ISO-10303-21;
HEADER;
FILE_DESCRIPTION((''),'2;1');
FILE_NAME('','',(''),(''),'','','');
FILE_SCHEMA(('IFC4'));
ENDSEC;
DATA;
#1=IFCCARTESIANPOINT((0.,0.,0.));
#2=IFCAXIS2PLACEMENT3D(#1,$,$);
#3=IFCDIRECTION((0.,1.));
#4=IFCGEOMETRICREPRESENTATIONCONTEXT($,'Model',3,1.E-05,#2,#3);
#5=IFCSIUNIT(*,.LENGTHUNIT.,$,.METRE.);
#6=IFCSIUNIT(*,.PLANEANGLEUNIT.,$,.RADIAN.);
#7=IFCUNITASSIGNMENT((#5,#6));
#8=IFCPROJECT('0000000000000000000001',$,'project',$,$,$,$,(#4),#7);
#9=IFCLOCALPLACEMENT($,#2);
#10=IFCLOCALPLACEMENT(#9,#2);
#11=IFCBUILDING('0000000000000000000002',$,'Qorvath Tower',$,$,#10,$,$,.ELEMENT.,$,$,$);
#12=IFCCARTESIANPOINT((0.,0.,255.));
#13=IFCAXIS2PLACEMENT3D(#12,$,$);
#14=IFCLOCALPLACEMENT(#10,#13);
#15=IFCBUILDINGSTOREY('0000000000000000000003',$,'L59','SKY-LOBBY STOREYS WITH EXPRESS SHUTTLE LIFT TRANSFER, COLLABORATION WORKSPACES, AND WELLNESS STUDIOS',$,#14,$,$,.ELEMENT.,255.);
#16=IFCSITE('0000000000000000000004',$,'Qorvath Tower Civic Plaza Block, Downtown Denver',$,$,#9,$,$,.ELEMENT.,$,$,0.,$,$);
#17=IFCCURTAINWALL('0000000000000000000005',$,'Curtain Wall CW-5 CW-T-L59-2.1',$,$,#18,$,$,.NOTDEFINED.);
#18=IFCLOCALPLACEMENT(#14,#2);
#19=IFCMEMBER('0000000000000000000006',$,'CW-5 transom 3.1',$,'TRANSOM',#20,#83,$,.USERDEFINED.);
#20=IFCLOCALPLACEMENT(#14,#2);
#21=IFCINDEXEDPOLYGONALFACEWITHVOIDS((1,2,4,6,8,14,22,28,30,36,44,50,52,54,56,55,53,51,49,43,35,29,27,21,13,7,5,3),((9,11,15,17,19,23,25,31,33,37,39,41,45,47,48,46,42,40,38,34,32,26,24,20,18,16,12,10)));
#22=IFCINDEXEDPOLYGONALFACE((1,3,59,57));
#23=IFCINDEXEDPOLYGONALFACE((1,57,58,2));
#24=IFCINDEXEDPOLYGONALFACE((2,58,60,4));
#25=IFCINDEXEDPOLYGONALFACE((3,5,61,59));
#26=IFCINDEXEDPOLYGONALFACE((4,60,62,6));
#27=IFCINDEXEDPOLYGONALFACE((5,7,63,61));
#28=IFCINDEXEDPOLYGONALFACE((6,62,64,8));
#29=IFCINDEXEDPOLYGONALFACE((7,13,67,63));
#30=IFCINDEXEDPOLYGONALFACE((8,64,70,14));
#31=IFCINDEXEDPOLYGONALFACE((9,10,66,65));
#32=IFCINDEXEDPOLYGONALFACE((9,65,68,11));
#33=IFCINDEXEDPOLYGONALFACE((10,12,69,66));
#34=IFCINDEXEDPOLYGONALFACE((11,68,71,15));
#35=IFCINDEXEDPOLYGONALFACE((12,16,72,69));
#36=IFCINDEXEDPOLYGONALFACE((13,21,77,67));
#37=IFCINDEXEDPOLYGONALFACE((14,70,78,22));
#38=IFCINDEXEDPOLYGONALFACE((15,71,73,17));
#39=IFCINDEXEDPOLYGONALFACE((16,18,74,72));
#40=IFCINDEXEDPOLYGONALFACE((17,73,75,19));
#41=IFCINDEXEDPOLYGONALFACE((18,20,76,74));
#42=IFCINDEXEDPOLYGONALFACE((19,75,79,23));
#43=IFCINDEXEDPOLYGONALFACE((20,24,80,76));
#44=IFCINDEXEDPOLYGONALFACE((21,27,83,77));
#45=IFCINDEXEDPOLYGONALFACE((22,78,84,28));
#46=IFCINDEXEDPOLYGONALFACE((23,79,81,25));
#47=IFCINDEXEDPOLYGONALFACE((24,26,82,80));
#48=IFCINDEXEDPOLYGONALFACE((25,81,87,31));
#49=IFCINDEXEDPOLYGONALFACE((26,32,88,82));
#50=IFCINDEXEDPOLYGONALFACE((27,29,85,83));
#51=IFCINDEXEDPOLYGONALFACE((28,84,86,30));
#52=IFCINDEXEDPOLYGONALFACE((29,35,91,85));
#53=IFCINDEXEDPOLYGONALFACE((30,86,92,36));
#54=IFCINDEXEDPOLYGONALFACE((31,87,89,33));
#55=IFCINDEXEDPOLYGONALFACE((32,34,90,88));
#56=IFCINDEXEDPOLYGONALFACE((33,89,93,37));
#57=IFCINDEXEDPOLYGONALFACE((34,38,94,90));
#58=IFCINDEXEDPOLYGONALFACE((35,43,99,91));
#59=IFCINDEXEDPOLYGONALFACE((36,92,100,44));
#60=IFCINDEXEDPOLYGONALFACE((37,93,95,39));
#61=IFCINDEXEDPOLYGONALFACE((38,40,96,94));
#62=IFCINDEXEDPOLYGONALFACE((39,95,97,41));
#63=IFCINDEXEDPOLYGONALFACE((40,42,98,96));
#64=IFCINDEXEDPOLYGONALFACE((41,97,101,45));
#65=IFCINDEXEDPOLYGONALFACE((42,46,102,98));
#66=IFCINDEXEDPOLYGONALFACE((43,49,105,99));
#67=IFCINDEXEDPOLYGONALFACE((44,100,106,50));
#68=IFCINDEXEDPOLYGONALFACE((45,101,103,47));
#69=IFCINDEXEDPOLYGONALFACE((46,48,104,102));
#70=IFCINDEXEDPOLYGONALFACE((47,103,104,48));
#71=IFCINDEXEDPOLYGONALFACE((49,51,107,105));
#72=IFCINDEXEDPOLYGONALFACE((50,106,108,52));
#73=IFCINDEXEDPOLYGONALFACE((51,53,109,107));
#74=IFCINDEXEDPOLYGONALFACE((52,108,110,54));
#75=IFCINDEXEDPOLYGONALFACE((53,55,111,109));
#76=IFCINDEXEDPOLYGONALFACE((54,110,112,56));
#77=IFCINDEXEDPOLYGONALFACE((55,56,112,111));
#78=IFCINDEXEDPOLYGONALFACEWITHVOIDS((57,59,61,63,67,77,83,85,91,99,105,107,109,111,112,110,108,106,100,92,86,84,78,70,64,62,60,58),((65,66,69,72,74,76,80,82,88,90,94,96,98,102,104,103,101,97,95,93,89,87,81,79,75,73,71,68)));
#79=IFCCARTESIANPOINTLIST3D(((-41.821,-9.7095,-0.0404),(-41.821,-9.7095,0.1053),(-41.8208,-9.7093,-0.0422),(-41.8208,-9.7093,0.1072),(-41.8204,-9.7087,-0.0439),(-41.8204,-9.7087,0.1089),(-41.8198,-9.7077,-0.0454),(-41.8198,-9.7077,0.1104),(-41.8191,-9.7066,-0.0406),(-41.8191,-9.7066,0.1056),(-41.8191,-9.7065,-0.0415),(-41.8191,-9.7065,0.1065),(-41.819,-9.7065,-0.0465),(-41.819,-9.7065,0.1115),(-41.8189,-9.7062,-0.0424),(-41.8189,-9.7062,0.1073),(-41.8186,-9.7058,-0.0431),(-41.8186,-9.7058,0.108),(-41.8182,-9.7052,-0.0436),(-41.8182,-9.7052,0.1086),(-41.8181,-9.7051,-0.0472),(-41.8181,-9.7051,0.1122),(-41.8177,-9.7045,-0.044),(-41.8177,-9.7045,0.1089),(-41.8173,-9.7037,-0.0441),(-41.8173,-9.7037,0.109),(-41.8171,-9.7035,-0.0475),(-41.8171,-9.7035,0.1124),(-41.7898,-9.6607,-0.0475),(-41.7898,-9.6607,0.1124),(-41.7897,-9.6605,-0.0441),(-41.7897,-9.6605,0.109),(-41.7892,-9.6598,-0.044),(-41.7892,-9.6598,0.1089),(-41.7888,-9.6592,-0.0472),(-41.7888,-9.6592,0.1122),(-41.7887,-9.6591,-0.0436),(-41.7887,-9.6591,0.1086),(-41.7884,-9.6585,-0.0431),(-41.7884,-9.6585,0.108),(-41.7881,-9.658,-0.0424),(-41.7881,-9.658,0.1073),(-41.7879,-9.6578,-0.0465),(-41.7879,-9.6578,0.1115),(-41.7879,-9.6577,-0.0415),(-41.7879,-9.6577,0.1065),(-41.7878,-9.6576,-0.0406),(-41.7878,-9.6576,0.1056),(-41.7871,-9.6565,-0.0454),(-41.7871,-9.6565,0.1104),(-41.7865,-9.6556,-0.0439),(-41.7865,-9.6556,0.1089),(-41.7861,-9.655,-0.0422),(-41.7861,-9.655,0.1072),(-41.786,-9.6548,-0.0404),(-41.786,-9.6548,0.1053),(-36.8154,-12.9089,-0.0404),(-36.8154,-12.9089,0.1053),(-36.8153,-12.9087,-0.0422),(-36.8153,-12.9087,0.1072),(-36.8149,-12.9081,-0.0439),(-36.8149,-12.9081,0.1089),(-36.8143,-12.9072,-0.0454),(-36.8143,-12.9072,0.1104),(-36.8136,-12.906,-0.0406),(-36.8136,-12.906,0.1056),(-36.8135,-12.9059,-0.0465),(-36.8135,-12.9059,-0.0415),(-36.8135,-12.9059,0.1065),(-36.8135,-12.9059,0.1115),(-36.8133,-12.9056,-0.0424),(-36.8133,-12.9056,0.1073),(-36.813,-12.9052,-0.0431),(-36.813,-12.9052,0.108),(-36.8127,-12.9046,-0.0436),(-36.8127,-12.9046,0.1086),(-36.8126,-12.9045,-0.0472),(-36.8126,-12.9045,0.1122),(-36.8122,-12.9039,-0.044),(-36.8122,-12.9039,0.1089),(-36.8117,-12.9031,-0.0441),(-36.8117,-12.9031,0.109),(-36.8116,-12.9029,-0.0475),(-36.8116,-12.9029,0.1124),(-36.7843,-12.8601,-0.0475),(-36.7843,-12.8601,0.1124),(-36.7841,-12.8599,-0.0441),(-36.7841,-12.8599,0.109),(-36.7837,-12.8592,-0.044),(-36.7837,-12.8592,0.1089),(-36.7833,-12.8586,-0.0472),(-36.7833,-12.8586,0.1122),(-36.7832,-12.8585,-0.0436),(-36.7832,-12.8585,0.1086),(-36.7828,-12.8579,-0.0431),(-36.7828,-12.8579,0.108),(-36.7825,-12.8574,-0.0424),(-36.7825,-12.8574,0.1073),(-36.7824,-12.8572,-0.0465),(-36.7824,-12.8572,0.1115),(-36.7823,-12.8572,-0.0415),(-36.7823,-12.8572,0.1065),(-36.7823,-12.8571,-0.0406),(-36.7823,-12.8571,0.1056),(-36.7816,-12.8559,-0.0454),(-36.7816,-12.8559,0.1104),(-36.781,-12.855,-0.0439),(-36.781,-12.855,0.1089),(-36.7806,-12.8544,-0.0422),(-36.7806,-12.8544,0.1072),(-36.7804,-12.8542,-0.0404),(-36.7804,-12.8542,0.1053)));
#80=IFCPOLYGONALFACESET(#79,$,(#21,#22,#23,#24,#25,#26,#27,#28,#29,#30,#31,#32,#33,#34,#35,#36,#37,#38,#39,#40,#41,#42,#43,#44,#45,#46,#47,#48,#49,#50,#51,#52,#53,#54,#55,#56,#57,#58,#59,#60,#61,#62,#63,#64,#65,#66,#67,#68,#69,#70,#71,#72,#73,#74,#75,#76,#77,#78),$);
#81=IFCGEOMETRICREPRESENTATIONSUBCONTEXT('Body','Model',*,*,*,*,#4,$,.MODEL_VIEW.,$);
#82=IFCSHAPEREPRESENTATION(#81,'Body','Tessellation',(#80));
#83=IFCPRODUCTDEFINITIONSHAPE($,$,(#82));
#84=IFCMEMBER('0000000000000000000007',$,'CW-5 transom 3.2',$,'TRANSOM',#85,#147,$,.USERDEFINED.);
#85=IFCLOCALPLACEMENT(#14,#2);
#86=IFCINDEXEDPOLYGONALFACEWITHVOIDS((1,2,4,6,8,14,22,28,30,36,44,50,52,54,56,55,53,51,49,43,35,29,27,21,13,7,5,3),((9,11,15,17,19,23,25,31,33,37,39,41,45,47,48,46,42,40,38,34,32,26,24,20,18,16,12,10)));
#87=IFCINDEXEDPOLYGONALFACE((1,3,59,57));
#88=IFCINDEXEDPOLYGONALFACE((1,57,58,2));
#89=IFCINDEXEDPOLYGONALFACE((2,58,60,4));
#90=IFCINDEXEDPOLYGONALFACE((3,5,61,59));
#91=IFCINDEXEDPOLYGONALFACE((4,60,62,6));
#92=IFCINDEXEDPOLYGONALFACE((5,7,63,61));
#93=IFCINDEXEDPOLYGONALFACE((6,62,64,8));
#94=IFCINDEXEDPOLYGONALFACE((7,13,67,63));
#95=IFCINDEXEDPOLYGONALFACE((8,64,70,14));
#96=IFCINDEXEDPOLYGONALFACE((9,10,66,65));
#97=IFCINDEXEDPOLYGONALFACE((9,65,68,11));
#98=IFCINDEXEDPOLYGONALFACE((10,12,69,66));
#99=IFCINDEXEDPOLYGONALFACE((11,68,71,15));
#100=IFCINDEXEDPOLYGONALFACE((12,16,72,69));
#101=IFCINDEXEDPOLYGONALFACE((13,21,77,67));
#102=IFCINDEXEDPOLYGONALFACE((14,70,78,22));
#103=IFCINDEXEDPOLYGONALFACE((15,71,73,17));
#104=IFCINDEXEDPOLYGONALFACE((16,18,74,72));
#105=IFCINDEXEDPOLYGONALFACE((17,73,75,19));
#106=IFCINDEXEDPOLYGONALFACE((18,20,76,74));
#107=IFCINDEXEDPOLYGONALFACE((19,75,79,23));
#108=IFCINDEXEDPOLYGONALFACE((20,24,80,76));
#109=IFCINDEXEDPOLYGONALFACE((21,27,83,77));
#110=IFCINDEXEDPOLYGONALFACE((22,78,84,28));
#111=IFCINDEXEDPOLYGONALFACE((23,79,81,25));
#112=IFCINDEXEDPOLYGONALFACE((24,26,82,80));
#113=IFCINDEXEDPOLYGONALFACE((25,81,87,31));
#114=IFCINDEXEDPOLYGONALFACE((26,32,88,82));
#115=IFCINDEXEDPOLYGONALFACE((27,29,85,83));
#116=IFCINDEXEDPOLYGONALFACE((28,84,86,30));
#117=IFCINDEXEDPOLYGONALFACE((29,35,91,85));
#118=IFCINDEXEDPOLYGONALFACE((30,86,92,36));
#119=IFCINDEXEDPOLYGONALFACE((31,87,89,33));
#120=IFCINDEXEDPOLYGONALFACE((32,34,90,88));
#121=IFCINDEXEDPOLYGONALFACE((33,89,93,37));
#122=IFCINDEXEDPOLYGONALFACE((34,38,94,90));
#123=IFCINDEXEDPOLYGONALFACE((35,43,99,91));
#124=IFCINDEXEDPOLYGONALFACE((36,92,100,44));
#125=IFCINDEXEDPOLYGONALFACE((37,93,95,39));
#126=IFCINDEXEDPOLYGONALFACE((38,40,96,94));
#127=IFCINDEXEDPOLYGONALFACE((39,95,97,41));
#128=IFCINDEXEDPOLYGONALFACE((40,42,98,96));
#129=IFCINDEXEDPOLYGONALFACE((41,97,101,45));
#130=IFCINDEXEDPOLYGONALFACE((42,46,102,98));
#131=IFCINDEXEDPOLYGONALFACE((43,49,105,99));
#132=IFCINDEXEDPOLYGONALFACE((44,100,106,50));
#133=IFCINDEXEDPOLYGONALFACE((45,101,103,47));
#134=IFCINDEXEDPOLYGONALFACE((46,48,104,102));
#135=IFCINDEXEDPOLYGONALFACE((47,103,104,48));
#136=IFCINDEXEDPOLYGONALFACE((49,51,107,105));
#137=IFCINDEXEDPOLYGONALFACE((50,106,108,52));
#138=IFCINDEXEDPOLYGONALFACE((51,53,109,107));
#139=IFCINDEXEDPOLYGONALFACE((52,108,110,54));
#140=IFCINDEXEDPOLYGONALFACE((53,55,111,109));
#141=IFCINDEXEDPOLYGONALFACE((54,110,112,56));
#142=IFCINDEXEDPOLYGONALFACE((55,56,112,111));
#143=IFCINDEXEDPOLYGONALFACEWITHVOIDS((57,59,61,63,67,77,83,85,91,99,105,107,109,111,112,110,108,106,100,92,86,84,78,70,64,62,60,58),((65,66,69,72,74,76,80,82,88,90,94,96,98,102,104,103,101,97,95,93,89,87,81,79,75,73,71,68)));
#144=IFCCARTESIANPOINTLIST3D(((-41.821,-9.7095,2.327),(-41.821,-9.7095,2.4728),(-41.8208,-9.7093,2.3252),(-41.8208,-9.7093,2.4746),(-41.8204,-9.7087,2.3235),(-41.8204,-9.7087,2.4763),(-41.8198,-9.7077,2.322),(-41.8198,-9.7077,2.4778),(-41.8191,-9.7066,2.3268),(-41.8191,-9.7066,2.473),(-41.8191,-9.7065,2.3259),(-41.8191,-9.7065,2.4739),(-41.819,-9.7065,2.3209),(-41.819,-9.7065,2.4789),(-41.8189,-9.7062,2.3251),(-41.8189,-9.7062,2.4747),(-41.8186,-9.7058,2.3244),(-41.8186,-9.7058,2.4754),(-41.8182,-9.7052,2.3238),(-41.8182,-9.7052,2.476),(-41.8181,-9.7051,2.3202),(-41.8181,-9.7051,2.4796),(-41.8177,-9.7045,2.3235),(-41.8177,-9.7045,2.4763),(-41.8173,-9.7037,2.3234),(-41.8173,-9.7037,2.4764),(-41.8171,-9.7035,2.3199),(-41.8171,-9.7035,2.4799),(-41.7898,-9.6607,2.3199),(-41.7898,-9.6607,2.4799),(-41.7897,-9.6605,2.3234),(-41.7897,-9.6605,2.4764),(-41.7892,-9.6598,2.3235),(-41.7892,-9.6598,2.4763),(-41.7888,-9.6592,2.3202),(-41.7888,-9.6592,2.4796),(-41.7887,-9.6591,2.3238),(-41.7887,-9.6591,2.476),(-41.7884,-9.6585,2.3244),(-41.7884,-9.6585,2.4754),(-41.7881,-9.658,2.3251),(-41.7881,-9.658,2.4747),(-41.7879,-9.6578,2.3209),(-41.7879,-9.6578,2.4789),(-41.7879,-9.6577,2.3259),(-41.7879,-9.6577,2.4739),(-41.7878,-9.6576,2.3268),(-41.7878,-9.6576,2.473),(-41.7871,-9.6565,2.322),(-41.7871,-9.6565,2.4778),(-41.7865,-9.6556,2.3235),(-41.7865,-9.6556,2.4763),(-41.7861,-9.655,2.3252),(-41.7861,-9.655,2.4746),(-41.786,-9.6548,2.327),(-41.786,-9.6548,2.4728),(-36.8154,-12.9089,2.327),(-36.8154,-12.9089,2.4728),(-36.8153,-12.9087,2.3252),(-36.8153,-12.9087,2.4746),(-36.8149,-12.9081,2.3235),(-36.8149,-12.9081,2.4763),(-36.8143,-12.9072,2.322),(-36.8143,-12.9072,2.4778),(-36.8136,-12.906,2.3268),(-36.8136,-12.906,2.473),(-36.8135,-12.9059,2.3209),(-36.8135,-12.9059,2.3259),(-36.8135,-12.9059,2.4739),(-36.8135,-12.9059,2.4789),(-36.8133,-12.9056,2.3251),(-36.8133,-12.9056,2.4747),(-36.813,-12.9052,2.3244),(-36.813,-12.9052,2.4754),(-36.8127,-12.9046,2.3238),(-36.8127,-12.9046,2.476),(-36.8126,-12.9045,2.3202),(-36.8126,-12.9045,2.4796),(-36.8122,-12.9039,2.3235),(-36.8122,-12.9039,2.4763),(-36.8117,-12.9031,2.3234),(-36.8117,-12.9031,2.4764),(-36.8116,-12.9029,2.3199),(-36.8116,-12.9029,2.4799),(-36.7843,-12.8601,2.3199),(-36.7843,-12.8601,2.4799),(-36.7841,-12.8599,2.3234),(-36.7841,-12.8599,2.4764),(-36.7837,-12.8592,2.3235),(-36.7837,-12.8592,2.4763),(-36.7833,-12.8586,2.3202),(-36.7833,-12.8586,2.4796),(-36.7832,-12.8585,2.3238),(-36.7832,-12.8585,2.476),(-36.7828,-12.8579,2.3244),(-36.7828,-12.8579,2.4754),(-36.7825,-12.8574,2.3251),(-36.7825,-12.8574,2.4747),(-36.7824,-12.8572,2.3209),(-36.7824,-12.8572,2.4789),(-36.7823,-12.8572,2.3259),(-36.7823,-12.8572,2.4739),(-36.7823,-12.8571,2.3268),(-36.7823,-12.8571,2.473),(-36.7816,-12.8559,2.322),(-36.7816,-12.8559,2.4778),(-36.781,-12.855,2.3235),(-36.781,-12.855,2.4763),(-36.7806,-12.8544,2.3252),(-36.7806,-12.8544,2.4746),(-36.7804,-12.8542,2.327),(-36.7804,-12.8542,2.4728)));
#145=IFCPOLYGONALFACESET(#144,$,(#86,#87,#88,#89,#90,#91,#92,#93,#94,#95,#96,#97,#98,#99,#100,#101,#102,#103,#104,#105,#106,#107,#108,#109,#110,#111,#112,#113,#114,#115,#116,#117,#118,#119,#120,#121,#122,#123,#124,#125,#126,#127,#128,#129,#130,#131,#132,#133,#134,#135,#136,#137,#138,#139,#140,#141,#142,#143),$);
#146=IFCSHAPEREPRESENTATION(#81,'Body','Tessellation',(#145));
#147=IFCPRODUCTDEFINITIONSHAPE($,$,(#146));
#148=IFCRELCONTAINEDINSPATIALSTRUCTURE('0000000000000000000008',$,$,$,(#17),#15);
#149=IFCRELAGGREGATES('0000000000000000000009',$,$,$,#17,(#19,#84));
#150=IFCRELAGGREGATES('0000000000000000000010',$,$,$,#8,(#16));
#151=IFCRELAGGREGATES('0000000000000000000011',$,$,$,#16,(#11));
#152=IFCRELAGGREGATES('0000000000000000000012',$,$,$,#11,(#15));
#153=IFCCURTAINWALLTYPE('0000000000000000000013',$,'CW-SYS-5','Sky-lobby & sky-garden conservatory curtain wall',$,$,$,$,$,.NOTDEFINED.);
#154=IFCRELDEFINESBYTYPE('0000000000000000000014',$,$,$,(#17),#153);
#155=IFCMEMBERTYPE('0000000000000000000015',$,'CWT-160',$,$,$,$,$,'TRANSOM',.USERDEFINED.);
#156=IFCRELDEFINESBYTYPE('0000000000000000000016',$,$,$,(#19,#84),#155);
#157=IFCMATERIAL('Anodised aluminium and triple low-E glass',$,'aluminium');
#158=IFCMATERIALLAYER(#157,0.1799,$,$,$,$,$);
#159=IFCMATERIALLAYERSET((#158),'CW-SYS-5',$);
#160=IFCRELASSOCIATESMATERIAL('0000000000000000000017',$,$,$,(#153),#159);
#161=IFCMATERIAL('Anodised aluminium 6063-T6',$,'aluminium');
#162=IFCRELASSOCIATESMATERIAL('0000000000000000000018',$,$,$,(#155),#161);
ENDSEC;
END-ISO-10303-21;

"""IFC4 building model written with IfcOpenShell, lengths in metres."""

from ifc_helpers import new_model, si_unit, direction, frame, origin, origin_2d, place, context, subcontext, project, spatial, hollow_rectangle, extrude, material, layer, layer_set, material_profile, profile_set, type_object, element, aggregate, save


model = new_model("IFC4")

# Units and contexts
model_context = context("Model", 3, precision=1e-05, world=origin(), true_north=direction((0.0, 1.0)))
body_context = subcontext(model_context, "Body", "Model", "MODEL_VIEW")
ifc_project = project(units=[si_unit("LENGTHUNIT", "METRE"), si_unit("PLANEANGLEUNIT", "RADIAN")], contexts=[model_context])

# Site, building, storey
site_placement = place(None, origin())
site = spatial("IfcSite", under=ifc_project, at=site_placement, Name="Qorvath Tower Civic Plaza Block, Downtown Denver", CompositionType="ELEMENT", RefElevation=0.0)
building_placement = place(site_placement, origin())
building = spatial("IfcBuilding", under=site, at=building_placement, Name="Qorvath Tower", CompositionType="ELEMENT")
storey_placement = place(building_placement, frame((0.0, 0.0, 255.0)))
storey = spatial("IfcBuildingStorey", under=building, at=storey_placement, Name="L59", Description="SKY-LOBBY STOREYS WITH EXPRESS SHUTTLE LIFT TRANSFER, COLLABORATION WORKSPACES, AND WELLNESS STUDIOS", CompositionType="ELEMENT", Elevation=255.0)

# Curtain wall, members
ifc_material_1 = material(Name="Anodised aluminium and triple low-E glass", Category="aluminium")
ifc_layer_1 = layer(ifc_material_1, 0.1799)
ifc_layer_set_1 = layer_set([ifc_layer_1], Name="CW-SYS-5")
curtain_wall_type = type_object("IfcCurtainWallType", Name="CW-SYS-5", Description="Sky-lobby & sky-garden conservatory curtain wall", PredefinedType="NOTDEFINED", material=ifc_layer_set_1)
curtain_wall_placement = place(storey_placement, origin())
curtain_wall = element("IfcCurtainWall", 1, at=curtain_wall_placement, inside=storey, type_object=curtain_wall_type, Name="Curtain Wall CW-5 CW-T-L59-2.1", PredefinedType="NOTDEFINED")
ifc_material_2 = material(Name="Anodised aluminium 6063-T6", Category="aluminium")
ifc_material_profile_1 = material_profile(ifc_material_2, hollow_rectangle(XDim=0.0649, YDim=0.1599, WallThickness=0.0034, InnerFilletRadius=0.0034, OuterFilletRadius=0.0071, at=origin_2d()), Name="CWT 160x65")
ifc_profile_set_1 = profile_set([ifc_material_profile_1], Name="Anodised aluminium 6063-T6")
member_type_1 = type_object("IfcMemberType", Name="CWT-160", ElementType="TRANSOM", PredefinedType="USERDEFINED", material=ifc_profile_set_1)
member_1_placement = place(storey_placement, frame((-41.8035, -9.6821, 0.0325), z_axis=(0.842587, -0.53856, 0.0), x_axis=(0.53856, 0.842587, 0.0)))
member_1 = element("IfcMember", 2, at=member_1_placement, type_object=member_type_1, Name="CW-5 transom 3.1", ObjectType="TRANSOM", PredefinedType="USERDEFINED", context=body_context, shape_type="SweptSolid", body=[
    extrude(hollow_rectangle(XDim=0.0649, YDim=0.1599, WallThickness=0.0034, InnerFilletRadius=0.0034, OuterFilletRadius=0.0071, at=origin_2d()), origin(), (0.0, 0.0, 1.0), 5.9407),
])
member_2_placement = place(storey_placement, frame((-41.8035, -9.6821, 2.3999), z_axis=(0.842587, -0.53856, 0.0), x_axis=(0.53856, 0.842587, 0.0)))
member_2 = element("IfcMember", 3, at=member_2_placement, type_object=member_type_1, Name="CW-5 transom 3.2", ObjectType="TRANSOM", PredefinedType="USERDEFINED", context=body_context, shape_type="SweptSolid", body=[
    extrude(hollow_rectangle(XDim=0.0649, YDim=0.1599, WallThickness=0.0034, InnerFilletRadius=0.0034, OuterFilletRadius=0.0071, at=origin_2d()), origin(), (0.0, 0.0, 1.0), 5.9407),
])
aggregate(curtain_wall, [member_1, member_2])

save(model, "model.ifc")
